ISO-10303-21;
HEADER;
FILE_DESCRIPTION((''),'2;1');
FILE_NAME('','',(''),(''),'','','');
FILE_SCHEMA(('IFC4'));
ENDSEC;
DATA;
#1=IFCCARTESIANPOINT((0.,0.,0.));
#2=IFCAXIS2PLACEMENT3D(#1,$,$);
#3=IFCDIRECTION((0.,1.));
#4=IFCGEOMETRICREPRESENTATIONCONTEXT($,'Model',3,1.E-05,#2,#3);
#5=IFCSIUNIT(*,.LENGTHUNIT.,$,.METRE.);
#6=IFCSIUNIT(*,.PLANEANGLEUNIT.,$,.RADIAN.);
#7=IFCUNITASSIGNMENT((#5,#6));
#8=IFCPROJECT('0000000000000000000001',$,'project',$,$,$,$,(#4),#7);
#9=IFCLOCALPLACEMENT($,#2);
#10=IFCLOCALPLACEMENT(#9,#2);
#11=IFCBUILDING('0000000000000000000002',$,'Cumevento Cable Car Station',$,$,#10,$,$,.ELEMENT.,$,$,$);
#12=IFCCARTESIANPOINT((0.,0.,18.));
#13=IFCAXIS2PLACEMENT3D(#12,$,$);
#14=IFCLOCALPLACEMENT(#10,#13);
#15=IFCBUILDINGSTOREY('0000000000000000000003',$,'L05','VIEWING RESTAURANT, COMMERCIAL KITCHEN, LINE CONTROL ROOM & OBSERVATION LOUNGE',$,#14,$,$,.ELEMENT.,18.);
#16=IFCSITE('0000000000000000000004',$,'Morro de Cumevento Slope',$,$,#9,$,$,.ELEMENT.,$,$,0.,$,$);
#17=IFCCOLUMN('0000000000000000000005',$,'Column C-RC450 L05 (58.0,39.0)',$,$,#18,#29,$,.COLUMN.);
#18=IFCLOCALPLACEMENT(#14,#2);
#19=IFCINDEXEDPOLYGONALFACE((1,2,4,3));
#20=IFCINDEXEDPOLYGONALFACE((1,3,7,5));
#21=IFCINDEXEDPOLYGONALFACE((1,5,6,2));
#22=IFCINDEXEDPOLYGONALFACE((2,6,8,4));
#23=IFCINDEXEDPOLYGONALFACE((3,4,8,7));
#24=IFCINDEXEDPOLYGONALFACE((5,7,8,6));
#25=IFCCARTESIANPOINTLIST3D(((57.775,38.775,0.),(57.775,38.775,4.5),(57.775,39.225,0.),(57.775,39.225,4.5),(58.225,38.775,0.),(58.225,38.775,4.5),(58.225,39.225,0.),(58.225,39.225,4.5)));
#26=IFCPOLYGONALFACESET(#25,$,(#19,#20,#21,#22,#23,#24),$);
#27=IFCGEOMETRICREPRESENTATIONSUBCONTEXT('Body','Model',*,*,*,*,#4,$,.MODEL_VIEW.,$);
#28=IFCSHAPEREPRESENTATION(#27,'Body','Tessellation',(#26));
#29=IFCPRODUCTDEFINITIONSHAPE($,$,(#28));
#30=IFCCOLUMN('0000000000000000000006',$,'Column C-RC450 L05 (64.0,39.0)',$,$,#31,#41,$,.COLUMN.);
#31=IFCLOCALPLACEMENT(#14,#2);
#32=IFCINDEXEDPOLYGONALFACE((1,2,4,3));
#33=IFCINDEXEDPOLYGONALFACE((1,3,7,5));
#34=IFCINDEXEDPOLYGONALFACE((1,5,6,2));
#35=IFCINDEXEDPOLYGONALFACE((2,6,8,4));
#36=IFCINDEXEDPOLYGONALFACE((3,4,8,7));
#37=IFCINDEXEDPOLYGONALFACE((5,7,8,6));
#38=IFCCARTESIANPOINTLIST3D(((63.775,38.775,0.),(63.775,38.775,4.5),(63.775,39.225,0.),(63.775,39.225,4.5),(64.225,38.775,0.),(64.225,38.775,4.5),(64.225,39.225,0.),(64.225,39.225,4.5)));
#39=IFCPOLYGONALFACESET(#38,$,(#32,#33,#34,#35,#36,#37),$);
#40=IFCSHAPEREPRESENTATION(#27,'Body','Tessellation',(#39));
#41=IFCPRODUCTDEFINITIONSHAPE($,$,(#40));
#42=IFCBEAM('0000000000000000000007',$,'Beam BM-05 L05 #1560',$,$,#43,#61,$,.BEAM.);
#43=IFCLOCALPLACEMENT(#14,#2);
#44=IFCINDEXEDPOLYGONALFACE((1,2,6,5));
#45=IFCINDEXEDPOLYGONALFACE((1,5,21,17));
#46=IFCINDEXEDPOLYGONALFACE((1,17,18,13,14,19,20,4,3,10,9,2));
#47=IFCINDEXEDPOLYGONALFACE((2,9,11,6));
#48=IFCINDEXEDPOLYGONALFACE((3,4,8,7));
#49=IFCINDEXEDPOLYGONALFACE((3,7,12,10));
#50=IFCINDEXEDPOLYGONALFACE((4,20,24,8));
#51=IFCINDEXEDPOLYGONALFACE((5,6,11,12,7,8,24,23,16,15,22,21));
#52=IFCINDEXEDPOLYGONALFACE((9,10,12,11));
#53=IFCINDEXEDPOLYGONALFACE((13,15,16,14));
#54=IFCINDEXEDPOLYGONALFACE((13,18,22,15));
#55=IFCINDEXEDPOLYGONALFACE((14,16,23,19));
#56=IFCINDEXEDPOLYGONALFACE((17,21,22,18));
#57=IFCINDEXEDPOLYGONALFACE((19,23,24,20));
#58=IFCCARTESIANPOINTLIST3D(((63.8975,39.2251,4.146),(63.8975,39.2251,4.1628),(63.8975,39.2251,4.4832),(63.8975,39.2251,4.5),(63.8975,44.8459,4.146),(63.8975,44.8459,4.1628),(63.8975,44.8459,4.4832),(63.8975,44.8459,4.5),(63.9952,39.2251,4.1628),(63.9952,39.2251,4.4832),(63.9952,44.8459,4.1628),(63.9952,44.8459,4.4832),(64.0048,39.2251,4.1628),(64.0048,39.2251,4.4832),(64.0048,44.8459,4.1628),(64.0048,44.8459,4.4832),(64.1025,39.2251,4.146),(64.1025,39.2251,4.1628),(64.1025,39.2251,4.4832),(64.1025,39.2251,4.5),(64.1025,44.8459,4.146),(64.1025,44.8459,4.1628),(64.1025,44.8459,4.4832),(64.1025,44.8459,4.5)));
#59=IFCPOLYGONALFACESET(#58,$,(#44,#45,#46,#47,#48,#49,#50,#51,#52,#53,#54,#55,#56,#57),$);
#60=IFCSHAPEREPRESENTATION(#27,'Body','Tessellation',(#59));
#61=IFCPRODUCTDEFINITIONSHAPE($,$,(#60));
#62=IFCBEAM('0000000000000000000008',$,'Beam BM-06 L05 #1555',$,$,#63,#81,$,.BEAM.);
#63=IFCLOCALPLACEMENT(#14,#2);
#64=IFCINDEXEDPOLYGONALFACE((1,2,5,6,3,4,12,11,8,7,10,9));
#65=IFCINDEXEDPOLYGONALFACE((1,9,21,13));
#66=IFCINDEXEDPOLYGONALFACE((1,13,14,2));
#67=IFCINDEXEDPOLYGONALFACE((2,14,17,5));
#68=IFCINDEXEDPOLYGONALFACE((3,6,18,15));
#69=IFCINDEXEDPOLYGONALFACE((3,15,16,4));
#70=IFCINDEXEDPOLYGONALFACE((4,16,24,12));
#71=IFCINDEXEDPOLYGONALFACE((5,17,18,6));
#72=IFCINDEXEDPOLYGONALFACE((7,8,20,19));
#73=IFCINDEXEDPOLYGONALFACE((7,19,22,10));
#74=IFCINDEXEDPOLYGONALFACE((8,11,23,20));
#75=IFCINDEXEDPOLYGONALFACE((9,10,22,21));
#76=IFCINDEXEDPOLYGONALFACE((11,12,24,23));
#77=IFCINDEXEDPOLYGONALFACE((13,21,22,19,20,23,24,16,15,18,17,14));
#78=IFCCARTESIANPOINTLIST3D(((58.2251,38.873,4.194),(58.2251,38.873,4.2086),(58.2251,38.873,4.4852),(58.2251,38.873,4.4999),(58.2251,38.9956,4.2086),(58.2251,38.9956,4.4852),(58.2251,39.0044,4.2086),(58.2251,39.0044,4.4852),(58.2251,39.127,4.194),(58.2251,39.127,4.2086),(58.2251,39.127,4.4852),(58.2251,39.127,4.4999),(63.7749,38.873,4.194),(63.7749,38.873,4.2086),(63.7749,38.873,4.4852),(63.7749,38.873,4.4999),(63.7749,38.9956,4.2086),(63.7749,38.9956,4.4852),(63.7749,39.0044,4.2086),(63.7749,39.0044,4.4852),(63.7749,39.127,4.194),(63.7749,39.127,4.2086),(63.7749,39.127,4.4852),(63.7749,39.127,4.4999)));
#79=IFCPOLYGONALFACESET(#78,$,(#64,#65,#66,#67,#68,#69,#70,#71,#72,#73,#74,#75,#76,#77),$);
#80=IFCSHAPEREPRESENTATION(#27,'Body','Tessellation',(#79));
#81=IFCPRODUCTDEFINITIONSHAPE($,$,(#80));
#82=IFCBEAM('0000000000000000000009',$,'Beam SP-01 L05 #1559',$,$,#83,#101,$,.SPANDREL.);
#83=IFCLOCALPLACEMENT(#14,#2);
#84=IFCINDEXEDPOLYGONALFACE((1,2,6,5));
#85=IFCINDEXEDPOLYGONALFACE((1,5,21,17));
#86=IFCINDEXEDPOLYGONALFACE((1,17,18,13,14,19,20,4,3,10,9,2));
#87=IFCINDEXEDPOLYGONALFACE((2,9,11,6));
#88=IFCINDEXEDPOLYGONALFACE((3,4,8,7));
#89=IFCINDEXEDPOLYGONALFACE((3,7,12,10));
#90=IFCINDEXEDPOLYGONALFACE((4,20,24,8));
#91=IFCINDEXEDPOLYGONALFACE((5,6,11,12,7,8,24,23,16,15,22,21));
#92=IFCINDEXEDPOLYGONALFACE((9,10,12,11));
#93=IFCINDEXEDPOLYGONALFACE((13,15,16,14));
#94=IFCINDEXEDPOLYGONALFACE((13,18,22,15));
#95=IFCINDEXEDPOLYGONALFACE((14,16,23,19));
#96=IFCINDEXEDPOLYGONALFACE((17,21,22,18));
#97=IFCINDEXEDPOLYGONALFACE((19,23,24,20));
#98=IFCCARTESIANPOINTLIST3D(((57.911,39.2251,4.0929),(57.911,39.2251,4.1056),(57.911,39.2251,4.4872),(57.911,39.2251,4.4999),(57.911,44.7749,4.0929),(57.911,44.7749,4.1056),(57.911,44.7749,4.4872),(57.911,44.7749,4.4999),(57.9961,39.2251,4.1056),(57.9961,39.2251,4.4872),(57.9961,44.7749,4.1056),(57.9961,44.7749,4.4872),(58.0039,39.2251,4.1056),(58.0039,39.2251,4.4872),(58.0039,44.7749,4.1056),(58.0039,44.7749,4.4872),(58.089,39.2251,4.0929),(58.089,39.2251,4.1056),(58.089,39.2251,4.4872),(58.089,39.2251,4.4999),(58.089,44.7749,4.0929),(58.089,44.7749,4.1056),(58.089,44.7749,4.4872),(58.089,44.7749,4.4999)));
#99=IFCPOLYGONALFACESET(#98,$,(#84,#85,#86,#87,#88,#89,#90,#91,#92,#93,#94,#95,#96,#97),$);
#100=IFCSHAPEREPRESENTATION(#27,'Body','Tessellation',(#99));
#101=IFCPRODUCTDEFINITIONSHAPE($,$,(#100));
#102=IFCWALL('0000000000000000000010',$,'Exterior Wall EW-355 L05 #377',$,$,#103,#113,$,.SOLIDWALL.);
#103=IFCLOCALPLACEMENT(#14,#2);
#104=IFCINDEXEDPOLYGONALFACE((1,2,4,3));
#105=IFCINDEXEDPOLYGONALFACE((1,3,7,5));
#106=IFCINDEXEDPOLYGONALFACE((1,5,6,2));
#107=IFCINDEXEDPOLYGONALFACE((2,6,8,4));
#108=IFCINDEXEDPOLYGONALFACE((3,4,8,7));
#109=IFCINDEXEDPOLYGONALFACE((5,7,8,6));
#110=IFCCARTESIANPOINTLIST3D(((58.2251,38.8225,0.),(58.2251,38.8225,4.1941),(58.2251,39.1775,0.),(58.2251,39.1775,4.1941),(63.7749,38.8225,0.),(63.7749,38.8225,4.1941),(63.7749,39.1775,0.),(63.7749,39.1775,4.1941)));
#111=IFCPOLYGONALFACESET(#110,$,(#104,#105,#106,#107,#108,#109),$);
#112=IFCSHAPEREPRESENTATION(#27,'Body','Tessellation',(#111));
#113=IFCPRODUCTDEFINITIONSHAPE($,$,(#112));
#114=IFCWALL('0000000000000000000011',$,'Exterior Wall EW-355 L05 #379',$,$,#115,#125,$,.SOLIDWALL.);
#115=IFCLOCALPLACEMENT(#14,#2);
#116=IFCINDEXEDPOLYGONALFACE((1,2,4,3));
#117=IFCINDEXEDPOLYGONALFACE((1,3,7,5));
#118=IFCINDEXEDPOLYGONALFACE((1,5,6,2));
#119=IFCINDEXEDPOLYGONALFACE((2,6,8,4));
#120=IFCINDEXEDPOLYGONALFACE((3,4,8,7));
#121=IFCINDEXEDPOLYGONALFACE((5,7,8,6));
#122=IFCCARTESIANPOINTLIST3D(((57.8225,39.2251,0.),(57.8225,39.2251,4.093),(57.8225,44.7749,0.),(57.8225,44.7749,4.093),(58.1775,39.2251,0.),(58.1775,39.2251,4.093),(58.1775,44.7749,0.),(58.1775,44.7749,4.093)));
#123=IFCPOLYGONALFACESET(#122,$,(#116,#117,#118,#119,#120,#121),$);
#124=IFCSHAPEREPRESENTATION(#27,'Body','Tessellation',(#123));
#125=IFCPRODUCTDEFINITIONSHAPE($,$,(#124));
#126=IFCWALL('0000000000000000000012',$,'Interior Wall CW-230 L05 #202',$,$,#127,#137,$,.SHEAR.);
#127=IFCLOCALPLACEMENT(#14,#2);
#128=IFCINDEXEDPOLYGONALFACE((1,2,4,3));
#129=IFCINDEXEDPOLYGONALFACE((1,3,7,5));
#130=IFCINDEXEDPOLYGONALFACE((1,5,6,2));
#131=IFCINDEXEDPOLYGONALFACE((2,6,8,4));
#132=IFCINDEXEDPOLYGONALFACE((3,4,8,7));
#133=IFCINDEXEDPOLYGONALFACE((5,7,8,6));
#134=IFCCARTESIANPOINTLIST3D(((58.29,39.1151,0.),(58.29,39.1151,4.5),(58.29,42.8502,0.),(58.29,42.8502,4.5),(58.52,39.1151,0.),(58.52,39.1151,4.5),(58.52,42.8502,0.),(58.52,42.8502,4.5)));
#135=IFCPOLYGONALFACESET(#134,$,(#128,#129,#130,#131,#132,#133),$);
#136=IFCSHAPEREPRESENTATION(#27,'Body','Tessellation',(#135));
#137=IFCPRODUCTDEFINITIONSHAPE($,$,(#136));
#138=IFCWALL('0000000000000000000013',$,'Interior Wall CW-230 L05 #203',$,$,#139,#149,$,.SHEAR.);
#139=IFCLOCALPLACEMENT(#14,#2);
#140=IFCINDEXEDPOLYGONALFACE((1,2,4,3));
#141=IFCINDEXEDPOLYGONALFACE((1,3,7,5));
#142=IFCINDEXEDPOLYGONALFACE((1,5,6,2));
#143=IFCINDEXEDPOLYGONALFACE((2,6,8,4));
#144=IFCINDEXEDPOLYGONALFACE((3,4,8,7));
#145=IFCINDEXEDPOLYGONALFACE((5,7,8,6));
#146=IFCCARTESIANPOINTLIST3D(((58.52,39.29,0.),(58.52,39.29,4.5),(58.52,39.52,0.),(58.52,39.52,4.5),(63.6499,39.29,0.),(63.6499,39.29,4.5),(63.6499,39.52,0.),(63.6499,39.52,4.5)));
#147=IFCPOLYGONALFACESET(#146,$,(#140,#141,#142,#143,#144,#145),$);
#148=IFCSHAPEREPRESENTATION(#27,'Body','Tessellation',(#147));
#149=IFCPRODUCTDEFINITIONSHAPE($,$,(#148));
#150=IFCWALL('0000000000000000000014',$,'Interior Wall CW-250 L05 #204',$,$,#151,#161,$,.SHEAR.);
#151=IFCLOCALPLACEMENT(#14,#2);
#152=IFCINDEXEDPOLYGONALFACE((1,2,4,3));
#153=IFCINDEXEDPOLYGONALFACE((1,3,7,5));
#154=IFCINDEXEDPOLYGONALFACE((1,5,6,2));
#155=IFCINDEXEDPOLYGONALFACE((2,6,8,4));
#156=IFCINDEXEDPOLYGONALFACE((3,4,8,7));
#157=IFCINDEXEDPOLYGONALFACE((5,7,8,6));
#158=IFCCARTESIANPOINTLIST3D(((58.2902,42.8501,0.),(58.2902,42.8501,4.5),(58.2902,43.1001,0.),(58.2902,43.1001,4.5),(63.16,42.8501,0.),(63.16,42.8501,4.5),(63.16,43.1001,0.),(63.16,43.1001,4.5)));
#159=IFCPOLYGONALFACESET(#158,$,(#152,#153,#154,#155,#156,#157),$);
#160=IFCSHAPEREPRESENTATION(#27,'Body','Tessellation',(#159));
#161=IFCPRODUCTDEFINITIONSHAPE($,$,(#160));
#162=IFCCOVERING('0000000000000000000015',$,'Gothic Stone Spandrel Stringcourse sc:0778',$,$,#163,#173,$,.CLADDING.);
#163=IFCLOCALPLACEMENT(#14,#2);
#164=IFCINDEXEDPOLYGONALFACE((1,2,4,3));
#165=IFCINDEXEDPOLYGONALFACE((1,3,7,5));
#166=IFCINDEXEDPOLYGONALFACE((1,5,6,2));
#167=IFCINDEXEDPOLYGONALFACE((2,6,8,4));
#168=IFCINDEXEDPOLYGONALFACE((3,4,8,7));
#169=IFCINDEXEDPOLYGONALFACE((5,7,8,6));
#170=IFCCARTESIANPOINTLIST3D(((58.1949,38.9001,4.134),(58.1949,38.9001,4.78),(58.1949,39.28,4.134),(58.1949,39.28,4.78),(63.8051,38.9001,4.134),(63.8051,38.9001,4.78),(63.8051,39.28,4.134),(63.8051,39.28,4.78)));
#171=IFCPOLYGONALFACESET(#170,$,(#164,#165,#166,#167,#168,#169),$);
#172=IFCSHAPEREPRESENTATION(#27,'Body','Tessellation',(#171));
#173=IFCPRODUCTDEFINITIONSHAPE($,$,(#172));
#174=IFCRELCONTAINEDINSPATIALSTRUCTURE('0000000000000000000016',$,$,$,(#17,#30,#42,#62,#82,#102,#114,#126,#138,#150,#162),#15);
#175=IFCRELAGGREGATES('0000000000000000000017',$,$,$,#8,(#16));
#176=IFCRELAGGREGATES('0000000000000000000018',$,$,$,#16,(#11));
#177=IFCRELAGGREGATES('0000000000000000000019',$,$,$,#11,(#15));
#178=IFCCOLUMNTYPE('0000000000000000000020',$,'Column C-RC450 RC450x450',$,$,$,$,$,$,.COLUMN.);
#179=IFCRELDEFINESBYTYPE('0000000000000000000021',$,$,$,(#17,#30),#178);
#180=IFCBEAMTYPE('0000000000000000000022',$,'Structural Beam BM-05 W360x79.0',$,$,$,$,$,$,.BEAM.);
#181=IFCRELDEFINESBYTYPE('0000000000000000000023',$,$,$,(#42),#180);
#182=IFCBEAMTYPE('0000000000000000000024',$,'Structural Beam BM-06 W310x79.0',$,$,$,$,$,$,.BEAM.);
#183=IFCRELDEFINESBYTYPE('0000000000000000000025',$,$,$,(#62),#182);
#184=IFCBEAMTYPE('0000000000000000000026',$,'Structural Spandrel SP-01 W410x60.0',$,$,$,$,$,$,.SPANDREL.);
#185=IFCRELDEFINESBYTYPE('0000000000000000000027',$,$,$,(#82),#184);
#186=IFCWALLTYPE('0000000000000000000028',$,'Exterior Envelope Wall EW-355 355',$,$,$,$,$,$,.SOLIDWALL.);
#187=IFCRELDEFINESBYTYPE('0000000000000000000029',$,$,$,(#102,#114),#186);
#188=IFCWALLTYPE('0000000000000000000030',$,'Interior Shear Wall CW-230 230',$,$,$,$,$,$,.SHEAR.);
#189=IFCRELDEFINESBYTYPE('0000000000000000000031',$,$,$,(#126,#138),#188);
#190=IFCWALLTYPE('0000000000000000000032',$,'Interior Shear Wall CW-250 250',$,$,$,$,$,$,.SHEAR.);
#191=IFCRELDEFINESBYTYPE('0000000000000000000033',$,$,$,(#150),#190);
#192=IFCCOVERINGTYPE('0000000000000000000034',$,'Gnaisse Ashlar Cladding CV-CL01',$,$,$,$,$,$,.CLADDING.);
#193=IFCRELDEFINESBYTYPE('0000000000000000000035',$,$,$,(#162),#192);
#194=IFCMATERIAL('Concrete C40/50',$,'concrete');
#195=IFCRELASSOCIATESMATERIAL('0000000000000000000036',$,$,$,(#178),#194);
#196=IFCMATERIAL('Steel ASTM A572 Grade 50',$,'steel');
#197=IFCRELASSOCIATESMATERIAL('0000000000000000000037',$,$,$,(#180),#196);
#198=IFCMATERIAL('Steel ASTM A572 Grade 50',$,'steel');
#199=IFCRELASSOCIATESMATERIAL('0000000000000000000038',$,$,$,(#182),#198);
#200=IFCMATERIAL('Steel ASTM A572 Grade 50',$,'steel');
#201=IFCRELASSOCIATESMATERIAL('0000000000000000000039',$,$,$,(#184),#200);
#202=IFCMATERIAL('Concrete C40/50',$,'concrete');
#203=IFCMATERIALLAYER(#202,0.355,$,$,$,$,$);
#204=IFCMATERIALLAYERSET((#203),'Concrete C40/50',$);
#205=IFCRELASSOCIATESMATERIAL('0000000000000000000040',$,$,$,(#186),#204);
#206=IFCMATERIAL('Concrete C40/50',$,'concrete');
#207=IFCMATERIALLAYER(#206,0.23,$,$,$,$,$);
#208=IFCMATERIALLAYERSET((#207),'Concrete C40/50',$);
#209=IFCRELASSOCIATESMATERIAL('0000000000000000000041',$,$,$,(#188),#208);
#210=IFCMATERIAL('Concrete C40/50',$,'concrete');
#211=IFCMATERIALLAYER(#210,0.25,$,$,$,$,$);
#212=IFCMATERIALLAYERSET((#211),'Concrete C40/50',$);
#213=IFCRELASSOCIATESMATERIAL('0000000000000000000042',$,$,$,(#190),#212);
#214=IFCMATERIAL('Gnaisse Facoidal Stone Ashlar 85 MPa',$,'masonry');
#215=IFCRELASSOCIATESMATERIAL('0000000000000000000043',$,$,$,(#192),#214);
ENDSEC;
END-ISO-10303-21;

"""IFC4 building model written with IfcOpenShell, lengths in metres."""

from ifc_helpers import new_model, si_unit, direction, frame, frame_2d, origin, origin_2d, place, context, subcontext, project, spatial, rectangle, i_section, extrude, material, layer, layer_set, material_profile, profile_set, type_object, element, save


model = new_model("IFC4")

# Units and contexts
model_context = context("Model", 3, precision=1e-05, world=origin(), true_north=direction((0.0, 1.0)))
body_context = subcontext(model_context, "Body", "Model", "MODEL_VIEW")
ifc_project = project(units=[si_unit("LENGTHUNIT", "METRE"), si_unit("PLANEANGLEUNIT", "RADIAN")], contexts=[model_context])

# Site, building, storey
site_placement = place(None, origin())
site = spatial("IfcSite", under=ifc_project, at=site_placement, Name="Morro de Cumevento Slope", CompositionType="ELEMENT", RefElevation=0.0)
building_placement = place(site_placement, origin())
building = spatial("IfcBuilding", under=site, at=building_placement, Name="Cumevento Cable Car Station", CompositionType="ELEMENT")
storey_placement = place(building_placement, frame((0.0, 0.0, 18.0)))
storey = spatial("IfcBuildingStorey", under=building, at=storey_placement, Name="L05", Description="VIEWING RESTAURANT, COMMERCIAL KITCHEN, LINE CONTROL ROOM & OBSERVATION LOUNGE", CompositionType="ELEMENT", Elevation=18.0)

# Columns
ifc_material_1 = material(Name="Concrete C40/50", Category="concrete")
ifc_material_profile_1 = material_profile(ifc_material_1, rectangle(XDim=0.45, YDim=0.45, at=origin_2d()), Name="RC450x450")
ifc_profile_set_1 = profile_set([ifc_material_profile_1], Name="Concrete C40/50")
column_type = type_object("IfcColumnType", Name="Column C-RC450 RC450x450", PredefinedType="COLUMN", material=ifc_profile_set_1)
for number, where, z_axis, x_axis, name in (
    (1, (58.0, 39.0, 0.0), (0.0, 0.0, 1.0), (1.0, 0.0, 0.0), "Column C-RC450 L05 (58.0,39.0)"),
    (2, (64.0, 39.0, 0.0), (0.0, 0.0, 1.0), (1.0, 0.0, 0.0), "Column C-RC450 L05 (64.0,39.0)"),
):
    element("IfcColumn", number, at=place(storey_placement, frame(where, z_axis=z_axis, x_axis=x_axis)), inside=storey, type_object=column_type, Name=name, PredefinedType="COLUMN", context=body_context, shape_type="SweptSolid", body=[
        extrude(rectangle(XDim=0.45, YDim=0.45, at=origin_2d()), origin(), (0.0, 0.0, 1.0), 4.5),
    ])

# Beams
ifc_material_2 = material(Name="Steel ASTM A572 Grade 50", Category="steel")
ifc_material_profile_2 = material_profile(ifc_material_2, i_section(OverallWidth=0.2051, OverallDepth=0.354, WebThickness=0.0095, FlangeThickness=0.0168, at=origin_2d()), Name="W360x79.0")
ifc_profile_set_2 = profile_set([ifc_material_profile_2], Name="Steel ASTM A572 Grade 50")
beam_type_1 = type_object("IfcBeamType", Name="Structural Beam BM-05 W360x79.0", PredefinedType="BEAM", material=ifc_profile_set_2)
beam_1_placement = place(storey_placement, frame((64.0, 39.2251, 4.323), z_axis=(0.0, 1.0, 0.0), x_axis=(-1.0, 0.0, 0.0)))
element("IfcBeam", 3, at=beam_1_placement, inside=storey, type_object=beam_type_1, Name="Beam BM-05 L05 #1560", PredefinedType="BEAM", context=body_context, shape_type="SweptSolid", body=[
    extrude(i_section(OverallWidth=0.2051, OverallDepth=0.354, WebThickness=0.0095, FlangeThickness=0.0168, at=origin_2d()), origin(), (0.0, 0.0, 1.0), 5.6208),
])
ifc_material_3 = material(Name="Steel ASTM A572 Grade 50", Category="steel")
ifc_material_profile_3 = material_profile(ifc_material_3, i_section(OverallWidth=0.2539, OverallDepth=0.3059, WebThickness=0.0088, FlangeThickness=0.0146, at=origin_2d()), Name="W310x79.0")
ifc_profile_set_3 = profile_set([ifc_material_profile_3], Name="Steel ASTM A572 Grade 50")
beam_type_2 = type_object("IfcBeamType", Name="Structural Beam BM-06 W310x79.0", PredefinedType="BEAM", material=ifc_profile_set_3)
beam_2_placement = place(storey_placement, frame((58.2251, 39.0, 4.3469), z_axis=(1.0, 0.0, 0.0), x_axis=(0.0, 1.0, 0.0)))
element("IfcBeam", 4, at=beam_2_placement, inside=storey, type_object=beam_type_2, Name="Beam BM-06 L05 #1555", PredefinedType="BEAM", context=body_context, shape_type="SweptSolid", body=[
    extrude(i_section(OverallWidth=0.2539, OverallDepth=0.3059, WebThickness=0.0088, FlangeThickness=0.0146, at=origin_2d()), origin(), (0.0, 0.0, 1.0), 5.5498),
])
ifc_material_4 = material(Name="Steel ASTM A572 Grade 50", Category="steel")
ifc_material_profile_4 = material_profile(ifc_material_4, i_section(OverallWidth=0.178, OverallDepth=0.407, WebThickness=0.0078, FlangeThickness=0.0127, at=origin_2d()), Name="W410x60.0")
ifc_profile_set_4 = profile_set([ifc_material_profile_4], Name="Steel ASTM A572 Grade 50")
beam_type_3 = type_object("IfcBeamType", Name="Structural Spandrel SP-01 W410x60.0", PredefinedType="SPANDREL", material=ifc_profile_set_4)
beam_3_placement = place(storey_placement, frame((58.0, 39.2251, 4.2964), z_axis=(0.0, 1.0, 0.0), x_axis=(-1.0, 0.0, 0.0)))
element("IfcBeam", 5, at=beam_3_placement, inside=storey, type_object=beam_type_3, Name="Beam SP-01 L05 #1559", PredefinedType="SPANDREL", context=body_context, shape_type="SweptSolid", body=[
    extrude(i_section(OverallWidth=0.178, OverallDepth=0.407, WebThickness=0.0078, FlangeThickness=0.0127, at=origin_2d()), origin(), (0.0, 0.0, 1.0), 5.5498),
])

# Walls
ifc_material_5 = material(Name="Concrete C40/50", Category="concrete")
ifc_layer_1 = layer(ifc_material_5, 0.355)
ifc_layer_set_1 = layer_set([ifc_layer_1], Name="Concrete C40/50")
wall_type_1 = type_object("IfcWallType", Name="Exterior Envelope Wall EW-355 355", PredefinedType="SOLIDWALL", material=ifc_layer_set_1)
wall_1_placement = place(storey_placement, frame((63.7749, 39.0, 0.0), z_axis=(0.0, 0.0, 1.0), x_axis=(-1.0, 0.0, 0.0)))
element("IfcWall", 6, at=wall_1_placement, inside=storey, type_object=wall_type_1, Name="Exterior Wall EW-355 L05 #377", PredefinedType="SOLIDWALL", context=body_context, shape_type="SweptSolid", body=[
    extrude(rectangle(XDim=5.5498, YDim=0.355, at=frame_2d((2.7749, 0.0))), origin(), (0.0, 0.0, 1.0), 4.1941),
])
wall_2_placement = place(storey_placement, frame((58.0, 39.2251, 0.0), z_axis=(0.0, 0.0, 1.0), x_axis=(0.0, 1.0, 0.0)))
element("IfcWall", 7, at=wall_2_placement, inside=storey, type_object=wall_type_1, Name="Exterior Wall EW-355 L05 #379", PredefinedType="SOLIDWALL", context=body_context, shape_type="SweptSolid", body=[
    extrude(rectangle(XDim=5.5498, YDim=0.355, at=frame_2d((2.7749, 0.0))), origin(), (0.0, 0.0, 1.0), 4.093),
])
ifc_material_6 = material(Name="Concrete C40/50", Category="concrete")
ifc_layer_2 = layer(ifc_material_6, 0.23)
ifc_layer_set_2 = layer_set([ifc_layer_2], Name="Concrete C40/50")
wall_type_2 = type_object("IfcWallType", Name="Interior Shear Wall CW-230 230", PredefinedType="SHEAR", material=ifc_layer_set_2)
wall_3_placement = place(storey_placement, frame((58.405, 39.115, 0.0), z_axis=(0.0, 0.0, 1.0), x_axis=(0.0, 1.0, 0.0)))
element("IfcWall", 8, at=wall_3_placement, inside=storey, type_object=wall_type_2, Name="Interior Wall CW-230 L05 #202", PredefinedType="SHEAR", context=body_context, shape_type="SweptSolid", body=[
    extrude(rectangle(XDim=3.7351, YDim=0.23, at=frame_2d((1.8677, 0.0))), origin(), (0.0, 0.0, 1.0), 4.5),
])
wall_4_placement = place(storey_placement, frame((58.52, 39.405, 0.0), z_axis=(0.0, 0.0, 1.0), x_axis=(1.0, 0.0, 0.0)))
element("IfcWall", 9, at=wall_4_placement, inside=storey, type_object=wall_type_2, Name="Interior Wall CW-230 L05 #203", PredefinedType="SHEAR", context=body_context, shape_type="SweptSolid", body=[
    extrude(rectangle(XDim=5.1299, YDim=0.23, at=frame_2d((2.5649, 0.0))), origin(), (0.0, 0.0, 1.0), 4.5),
])
ifc_material_7 = material(Name="Concrete C40/50", Category="concrete")
ifc_layer_3 = layer(ifc_material_7, 0.25)
ifc_layer_set_3 = layer_set([ifc_layer_3], Name="Concrete C40/50")
wall_type_3 = type_object("IfcWallType", Name="Interior Shear Wall CW-250 250", PredefinedType="SHEAR", material=ifc_layer_set_3)
wall_5_placement = place(storey_placement, frame((58.29, 42.9751, 0.0), z_axis=(0.0, 0.0, 1.0), x_axis=(1.0, 0.0, 0.0)))
element("IfcWall", 10, at=wall_5_placement, inside=storey, type_object=wall_type_3, Name="Interior Wall CW-250 L05 #204", PredefinedType="SHEAR", context=body_context, shape_type="SweptSolid", body=[
    extrude(rectangle(XDim=4.8699, YDim=0.25, at=frame_2d((2.4351, 0.0))), origin(), (0.0, 0.0, 1.0), 4.5),
])

# Covering
ifc_material_8 = material(Name="Gnaisse Facoidal Stone Ashlar 85 MPa", Category="masonry")
covering_type = type_object("IfcCoveringType", Name="Gnaisse Ashlar Cladding CV-CL01", PredefinedType="CLADDING", material=ifc_material_8)
covering_1_placement = place(storey_placement, frame((61.0, 39.0901, 4.134), z_axis=(0.0, 0.0, 1.0), x_axis=(-1.0, 0.0, 0.0)))
element("IfcCovering", 11, at=covering_1_placement, inside=storey, type_object=covering_type, Name="Gothic Stone Spandrel Stringcourse sc:0778", PredefinedType="CLADDING", context=body_context, shape_type="SweptSolid", body=[
    extrude(rectangle(XDim=5.6101, YDim=0.3799, at=origin_2d()), origin(), (0.0, 0.0, 1.0), 0.646),
])

save(model, "model.ifc")
